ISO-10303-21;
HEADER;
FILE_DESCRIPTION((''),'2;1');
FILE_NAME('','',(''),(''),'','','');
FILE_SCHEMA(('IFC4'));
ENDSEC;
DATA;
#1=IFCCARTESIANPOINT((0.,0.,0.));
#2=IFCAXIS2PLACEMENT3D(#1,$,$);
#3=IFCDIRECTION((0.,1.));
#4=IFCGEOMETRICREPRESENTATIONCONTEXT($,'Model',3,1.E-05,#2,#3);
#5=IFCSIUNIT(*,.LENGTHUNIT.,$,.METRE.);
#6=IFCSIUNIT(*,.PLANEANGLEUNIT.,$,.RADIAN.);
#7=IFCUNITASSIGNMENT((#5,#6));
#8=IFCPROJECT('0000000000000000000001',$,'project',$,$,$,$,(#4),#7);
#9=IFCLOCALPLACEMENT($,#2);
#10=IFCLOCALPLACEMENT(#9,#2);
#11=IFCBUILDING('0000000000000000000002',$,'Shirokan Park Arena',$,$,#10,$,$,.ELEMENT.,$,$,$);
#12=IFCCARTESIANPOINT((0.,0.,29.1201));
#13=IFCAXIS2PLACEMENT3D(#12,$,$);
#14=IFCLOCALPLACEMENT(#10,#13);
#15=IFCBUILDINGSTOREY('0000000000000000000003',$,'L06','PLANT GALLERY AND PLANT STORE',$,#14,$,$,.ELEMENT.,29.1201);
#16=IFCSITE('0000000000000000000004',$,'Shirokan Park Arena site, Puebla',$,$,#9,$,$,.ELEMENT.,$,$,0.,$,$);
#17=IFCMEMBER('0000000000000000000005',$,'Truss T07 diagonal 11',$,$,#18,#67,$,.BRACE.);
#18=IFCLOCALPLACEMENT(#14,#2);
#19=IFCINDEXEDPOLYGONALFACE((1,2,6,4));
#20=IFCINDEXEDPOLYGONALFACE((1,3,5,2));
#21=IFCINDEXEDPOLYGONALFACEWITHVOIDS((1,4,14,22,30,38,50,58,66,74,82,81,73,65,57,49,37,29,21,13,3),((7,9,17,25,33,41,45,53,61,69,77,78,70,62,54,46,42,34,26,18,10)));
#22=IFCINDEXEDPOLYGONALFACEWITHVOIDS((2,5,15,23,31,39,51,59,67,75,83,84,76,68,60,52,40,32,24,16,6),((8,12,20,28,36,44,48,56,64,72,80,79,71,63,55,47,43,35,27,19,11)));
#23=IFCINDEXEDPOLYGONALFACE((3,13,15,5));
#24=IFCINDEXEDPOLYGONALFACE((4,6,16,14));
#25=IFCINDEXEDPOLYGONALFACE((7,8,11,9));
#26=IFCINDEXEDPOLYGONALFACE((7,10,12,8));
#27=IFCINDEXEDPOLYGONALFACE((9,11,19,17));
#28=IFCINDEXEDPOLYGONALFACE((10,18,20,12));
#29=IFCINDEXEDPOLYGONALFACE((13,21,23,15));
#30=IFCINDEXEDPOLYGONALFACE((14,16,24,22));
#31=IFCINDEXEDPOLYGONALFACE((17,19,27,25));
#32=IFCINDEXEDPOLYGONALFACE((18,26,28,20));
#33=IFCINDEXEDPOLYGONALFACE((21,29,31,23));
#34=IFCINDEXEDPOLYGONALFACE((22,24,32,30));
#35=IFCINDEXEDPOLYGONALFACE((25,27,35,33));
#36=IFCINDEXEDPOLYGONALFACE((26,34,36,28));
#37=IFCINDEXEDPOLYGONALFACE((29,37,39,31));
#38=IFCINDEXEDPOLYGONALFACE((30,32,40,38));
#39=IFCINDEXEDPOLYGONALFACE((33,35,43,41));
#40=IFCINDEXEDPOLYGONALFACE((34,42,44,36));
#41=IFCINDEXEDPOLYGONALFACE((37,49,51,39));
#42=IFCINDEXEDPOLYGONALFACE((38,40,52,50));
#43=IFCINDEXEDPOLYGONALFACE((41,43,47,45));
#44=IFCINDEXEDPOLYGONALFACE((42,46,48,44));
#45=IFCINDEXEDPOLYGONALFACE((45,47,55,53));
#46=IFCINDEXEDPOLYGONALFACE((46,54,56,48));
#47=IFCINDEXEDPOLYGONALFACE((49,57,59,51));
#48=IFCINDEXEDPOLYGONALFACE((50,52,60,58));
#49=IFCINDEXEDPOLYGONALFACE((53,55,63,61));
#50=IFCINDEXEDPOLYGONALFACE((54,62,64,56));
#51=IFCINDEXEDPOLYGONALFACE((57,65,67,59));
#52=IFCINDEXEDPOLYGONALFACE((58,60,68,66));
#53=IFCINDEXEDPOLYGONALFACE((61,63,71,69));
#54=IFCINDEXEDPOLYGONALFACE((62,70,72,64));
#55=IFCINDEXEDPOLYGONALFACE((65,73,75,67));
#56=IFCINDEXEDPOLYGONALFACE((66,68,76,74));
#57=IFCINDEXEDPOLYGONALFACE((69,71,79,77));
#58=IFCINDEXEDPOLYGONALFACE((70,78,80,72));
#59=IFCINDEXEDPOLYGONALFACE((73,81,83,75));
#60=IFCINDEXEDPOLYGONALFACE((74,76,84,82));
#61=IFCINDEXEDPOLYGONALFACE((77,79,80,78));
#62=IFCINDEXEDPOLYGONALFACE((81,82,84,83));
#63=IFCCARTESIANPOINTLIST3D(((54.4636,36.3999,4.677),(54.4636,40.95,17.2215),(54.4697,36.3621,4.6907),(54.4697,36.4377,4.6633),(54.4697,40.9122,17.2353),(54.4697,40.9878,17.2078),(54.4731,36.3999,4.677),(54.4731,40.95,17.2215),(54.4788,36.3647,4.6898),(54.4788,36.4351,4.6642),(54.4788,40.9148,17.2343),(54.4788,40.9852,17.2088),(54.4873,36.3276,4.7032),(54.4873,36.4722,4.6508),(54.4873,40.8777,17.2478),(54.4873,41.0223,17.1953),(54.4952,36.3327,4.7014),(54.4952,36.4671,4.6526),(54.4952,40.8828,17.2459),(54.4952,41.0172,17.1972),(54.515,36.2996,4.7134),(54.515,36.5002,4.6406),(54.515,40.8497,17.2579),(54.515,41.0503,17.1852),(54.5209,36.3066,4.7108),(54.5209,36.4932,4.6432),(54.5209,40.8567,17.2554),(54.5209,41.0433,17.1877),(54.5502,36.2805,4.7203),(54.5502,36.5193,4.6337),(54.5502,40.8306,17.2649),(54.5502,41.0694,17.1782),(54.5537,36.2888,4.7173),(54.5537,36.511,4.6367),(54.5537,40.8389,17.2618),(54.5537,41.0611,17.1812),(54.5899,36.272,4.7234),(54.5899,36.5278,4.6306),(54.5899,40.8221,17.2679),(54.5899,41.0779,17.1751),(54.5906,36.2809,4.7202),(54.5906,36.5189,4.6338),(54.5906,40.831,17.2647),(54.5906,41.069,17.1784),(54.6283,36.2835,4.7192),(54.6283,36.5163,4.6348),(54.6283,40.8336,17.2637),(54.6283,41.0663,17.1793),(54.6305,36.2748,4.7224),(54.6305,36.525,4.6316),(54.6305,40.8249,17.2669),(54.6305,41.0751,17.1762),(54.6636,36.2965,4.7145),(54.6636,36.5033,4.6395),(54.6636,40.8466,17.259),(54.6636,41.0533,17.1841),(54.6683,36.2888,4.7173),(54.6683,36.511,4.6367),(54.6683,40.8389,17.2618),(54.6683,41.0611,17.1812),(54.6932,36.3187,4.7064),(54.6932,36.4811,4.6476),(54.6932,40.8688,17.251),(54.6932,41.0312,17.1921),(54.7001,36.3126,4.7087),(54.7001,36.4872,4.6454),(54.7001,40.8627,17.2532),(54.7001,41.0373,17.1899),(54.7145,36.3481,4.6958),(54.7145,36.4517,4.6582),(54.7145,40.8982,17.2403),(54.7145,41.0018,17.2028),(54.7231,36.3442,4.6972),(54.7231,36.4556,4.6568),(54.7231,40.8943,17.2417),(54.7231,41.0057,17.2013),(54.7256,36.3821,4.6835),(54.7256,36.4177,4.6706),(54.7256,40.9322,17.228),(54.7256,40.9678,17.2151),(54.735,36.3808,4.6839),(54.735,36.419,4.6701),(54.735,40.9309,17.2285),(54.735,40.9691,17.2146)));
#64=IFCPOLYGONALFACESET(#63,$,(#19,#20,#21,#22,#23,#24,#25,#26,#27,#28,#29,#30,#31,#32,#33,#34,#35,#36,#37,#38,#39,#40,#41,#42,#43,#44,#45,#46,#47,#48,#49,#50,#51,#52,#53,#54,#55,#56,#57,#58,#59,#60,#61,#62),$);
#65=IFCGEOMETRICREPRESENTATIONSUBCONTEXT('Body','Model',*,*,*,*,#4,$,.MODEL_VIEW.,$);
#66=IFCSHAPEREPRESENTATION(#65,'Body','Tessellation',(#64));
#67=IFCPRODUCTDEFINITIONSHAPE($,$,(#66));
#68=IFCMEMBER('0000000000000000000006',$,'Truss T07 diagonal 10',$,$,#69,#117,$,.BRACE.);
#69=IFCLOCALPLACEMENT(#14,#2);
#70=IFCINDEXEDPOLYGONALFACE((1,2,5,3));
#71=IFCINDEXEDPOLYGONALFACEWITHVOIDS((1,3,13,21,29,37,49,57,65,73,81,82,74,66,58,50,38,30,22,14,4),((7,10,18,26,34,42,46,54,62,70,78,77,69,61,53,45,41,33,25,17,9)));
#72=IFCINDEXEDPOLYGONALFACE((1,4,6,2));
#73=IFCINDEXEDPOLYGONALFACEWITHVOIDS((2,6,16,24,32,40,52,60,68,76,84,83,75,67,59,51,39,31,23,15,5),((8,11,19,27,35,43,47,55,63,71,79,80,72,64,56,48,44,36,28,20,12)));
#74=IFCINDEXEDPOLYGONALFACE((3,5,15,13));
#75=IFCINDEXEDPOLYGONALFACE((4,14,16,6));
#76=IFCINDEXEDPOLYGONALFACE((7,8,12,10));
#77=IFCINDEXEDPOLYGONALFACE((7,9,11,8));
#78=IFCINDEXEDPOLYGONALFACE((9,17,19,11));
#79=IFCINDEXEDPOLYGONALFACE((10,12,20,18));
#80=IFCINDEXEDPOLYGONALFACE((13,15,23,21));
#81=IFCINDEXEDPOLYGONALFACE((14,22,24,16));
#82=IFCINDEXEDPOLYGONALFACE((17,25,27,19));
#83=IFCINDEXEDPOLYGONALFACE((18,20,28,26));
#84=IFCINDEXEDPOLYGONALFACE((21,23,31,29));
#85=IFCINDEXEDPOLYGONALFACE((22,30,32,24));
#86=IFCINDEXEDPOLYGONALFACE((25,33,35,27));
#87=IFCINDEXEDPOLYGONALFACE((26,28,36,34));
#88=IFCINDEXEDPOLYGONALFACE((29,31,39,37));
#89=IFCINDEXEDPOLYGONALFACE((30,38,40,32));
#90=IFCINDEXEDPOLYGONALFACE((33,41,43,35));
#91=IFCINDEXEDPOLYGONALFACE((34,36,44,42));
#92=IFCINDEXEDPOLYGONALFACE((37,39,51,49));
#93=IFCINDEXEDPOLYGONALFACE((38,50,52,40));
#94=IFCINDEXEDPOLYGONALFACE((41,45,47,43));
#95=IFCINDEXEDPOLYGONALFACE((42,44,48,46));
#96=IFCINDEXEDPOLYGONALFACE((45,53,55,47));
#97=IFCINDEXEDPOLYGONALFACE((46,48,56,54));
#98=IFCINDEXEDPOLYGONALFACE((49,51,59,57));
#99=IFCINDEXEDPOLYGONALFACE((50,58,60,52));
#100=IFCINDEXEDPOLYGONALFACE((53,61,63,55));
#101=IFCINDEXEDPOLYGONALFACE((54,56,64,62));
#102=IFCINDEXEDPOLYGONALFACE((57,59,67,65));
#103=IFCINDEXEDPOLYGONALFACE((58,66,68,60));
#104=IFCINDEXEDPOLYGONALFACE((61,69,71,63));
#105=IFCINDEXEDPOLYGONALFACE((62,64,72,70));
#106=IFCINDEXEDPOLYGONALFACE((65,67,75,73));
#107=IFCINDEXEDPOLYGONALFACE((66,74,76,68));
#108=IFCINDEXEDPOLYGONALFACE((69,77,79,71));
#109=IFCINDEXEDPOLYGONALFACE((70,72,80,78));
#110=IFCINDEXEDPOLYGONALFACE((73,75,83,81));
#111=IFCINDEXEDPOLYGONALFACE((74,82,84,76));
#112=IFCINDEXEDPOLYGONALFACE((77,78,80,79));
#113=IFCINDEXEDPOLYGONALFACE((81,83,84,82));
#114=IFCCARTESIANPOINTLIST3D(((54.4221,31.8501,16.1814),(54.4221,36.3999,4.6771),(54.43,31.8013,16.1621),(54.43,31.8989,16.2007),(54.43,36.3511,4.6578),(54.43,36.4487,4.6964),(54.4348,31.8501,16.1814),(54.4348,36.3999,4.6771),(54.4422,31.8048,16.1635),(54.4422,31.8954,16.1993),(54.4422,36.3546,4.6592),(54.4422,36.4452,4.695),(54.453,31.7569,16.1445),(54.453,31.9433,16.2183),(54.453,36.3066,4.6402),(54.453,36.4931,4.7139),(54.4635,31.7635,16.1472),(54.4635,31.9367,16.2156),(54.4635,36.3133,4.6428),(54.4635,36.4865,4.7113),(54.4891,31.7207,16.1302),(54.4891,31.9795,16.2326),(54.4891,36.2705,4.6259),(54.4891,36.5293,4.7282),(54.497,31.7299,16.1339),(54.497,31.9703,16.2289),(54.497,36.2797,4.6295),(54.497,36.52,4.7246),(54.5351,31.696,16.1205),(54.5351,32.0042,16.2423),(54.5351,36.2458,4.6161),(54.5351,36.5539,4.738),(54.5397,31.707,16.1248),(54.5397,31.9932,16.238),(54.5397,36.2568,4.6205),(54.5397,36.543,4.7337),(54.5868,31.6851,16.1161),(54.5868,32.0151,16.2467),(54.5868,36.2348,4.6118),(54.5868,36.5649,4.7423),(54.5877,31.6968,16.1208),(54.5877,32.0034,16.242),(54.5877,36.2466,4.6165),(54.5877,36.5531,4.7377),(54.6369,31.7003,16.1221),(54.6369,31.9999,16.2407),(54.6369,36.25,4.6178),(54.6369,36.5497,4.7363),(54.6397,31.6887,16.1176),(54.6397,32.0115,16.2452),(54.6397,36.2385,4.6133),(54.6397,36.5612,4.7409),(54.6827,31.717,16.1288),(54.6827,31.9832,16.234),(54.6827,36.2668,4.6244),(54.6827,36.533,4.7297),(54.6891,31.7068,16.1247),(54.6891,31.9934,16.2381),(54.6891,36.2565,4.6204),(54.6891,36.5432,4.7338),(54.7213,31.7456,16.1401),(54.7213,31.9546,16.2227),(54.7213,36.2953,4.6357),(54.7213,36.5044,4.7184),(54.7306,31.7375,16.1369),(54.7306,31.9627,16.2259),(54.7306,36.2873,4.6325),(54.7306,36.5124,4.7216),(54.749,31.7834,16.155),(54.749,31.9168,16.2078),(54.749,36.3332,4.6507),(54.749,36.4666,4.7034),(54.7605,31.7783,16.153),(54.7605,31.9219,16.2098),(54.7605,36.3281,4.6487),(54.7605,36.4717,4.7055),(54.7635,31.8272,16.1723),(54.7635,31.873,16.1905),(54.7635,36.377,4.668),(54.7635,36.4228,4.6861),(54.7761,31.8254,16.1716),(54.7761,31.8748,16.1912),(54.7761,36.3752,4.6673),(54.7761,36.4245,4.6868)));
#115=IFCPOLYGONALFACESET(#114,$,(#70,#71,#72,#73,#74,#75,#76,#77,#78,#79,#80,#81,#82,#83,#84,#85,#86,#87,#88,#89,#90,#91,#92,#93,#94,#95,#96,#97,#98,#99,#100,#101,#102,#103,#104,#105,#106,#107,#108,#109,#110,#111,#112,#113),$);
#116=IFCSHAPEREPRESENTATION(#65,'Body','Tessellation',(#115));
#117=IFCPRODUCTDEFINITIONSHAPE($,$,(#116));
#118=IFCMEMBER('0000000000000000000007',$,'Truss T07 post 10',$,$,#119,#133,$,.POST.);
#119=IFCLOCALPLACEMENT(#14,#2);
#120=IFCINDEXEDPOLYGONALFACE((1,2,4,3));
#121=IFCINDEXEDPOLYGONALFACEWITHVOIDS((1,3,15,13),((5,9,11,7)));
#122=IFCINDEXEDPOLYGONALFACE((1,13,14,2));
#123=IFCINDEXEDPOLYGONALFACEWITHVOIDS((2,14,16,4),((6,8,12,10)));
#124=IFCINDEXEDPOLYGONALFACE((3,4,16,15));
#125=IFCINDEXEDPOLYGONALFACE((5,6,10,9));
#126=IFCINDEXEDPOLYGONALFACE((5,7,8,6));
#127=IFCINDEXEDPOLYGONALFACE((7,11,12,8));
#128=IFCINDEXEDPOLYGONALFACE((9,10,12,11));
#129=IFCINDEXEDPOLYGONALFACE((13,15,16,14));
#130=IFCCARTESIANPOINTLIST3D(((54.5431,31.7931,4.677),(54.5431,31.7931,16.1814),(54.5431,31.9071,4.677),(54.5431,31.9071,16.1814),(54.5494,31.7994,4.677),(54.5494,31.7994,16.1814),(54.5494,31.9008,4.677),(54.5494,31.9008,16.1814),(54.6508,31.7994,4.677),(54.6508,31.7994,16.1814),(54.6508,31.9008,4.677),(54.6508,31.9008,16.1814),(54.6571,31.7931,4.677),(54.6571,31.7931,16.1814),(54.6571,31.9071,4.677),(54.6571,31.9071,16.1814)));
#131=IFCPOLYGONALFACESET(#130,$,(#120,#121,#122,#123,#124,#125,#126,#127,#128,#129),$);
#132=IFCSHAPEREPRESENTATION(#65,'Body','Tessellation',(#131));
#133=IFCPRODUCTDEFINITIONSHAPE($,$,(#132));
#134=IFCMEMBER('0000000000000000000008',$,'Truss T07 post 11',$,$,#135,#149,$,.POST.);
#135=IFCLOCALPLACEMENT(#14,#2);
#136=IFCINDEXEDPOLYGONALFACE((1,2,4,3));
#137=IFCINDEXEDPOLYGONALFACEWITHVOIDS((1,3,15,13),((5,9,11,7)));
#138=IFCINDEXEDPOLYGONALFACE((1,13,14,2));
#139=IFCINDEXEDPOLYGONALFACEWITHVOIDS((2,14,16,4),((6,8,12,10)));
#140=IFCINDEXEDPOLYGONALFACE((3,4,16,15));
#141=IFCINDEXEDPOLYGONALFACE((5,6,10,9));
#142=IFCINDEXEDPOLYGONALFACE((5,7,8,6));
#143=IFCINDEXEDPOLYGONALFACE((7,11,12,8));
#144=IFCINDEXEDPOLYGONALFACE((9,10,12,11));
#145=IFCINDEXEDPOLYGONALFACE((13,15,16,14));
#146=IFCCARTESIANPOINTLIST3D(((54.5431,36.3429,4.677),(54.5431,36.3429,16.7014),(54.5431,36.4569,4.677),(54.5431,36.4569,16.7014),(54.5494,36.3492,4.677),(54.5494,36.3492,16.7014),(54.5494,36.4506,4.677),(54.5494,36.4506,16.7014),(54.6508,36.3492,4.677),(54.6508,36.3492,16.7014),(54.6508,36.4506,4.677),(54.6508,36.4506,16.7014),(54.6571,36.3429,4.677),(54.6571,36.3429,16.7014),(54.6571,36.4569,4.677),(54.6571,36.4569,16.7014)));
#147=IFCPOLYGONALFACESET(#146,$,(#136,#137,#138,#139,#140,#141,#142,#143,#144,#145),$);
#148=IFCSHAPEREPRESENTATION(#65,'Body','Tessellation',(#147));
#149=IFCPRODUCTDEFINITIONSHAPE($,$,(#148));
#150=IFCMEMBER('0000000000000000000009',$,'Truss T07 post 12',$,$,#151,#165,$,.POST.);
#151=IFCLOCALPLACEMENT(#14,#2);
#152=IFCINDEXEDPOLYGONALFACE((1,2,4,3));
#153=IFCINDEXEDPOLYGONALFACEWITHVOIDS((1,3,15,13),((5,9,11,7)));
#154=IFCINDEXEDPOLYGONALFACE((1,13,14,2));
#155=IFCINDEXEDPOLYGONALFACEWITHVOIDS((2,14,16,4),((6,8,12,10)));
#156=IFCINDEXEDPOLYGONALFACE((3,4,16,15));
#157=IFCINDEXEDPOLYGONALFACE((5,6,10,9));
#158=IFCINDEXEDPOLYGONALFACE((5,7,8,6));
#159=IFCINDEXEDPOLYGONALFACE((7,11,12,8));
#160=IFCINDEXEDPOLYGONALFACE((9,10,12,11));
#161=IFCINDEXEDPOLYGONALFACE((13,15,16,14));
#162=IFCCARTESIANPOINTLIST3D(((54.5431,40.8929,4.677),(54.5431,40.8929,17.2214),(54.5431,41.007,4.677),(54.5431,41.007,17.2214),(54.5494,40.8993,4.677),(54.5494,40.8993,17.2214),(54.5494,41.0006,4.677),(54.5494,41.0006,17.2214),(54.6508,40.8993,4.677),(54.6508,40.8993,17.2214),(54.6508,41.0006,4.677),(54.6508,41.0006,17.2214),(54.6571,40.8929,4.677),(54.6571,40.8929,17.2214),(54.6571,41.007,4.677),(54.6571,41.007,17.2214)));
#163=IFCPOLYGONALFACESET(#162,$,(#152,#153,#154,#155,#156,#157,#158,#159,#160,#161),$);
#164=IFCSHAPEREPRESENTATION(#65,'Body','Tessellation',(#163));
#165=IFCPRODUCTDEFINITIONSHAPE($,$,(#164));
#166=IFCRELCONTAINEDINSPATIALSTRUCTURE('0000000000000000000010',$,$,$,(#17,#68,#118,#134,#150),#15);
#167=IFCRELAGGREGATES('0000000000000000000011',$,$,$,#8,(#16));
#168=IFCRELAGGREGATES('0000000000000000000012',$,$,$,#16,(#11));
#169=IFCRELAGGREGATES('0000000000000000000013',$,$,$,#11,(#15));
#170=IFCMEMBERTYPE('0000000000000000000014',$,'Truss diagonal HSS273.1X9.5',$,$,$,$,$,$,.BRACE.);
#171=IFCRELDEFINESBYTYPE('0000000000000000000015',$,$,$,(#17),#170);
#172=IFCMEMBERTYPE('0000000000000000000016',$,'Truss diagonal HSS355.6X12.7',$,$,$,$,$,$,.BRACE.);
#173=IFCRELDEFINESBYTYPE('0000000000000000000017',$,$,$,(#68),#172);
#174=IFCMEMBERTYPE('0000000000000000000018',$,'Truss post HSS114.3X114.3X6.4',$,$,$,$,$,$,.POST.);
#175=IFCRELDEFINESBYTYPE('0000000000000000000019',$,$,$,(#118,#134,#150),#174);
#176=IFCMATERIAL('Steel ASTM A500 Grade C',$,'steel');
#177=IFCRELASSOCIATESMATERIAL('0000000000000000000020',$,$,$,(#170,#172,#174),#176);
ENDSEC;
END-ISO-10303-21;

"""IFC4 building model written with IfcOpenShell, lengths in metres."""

from ifc_helpers import new_model, si_unit, direction, frame, origin, origin_2d, place, context, subcontext, project, spatial, hollow_rectangle, hollow_circle, extrude, material, material_profile, profile_set, type_object, element, save


model = new_model("IFC4")

# Units and contexts
model_context = context("Model", 3, precision=1e-05, world=origin(), true_north=direction((0.0, 1.0)))
body_context = subcontext(model_context, "Body", "Model", "MODEL_VIEW")
ifc_project = project(units=[si_unit("LENGTHUNIT", "METRE"), si_unit("PLANEANGLEUNIT", "RADIAN")], contexts=[model_context])

# Site, building, storey
site_placement = place(None, origin())
site = spatial("IfcSite", under=ifc_project, at=site_placement, Name="Shirokan Park Arena site, Puebla", CompositionType="ELEMENT", RefElevation=0.0)
building_placement = place(site_placement, origin())
building = spatial("IfcBuilding", under=site, at=building_placement, Name="Shirokan Park Arena", CompositionType="ELEMENT")
storey_placement = place(building_placement, frame((0.0, 0.0, 29.1201)))
storey = spatial("IfcBuildingStorey", under=building, at=storey_placement, Name="L06", Description="PLANT GALLERY AND PLANT STORE", CompositionType="ELEMENT", Elevation=29.1201)

# Members
ifc_material_1 = material(Name="Steel ASTM A500 Grade C", Category="steel")
ifc_material_profile_1 = material_profile(ifc_material_1, hollow_circle(Radius=0.1365, WallThickness=0.0095, at=origin_2d()), Name="HSS273.1X9.5")
ifc_profile_set_1 = profile_set([ifc_material_profile_1], Name="Steel ASTM A500 Grade C")
member_type_1 = type_object("IfcMemberType", Name="Truss diagonal HSS273.1X9.5", PredefinedType="BRACE", material=ifc_profile_set_1)
member_1_placement = place(storey_placement, frame((54.6001, 36.3999, 4.677), z_axis=(0.0, 0.340978, 0.940071), x_axis=(-1.0, 0.0, 0.0)))
element("IfcMember", 1, at=member_1_placement, inside=storey, type_object=member_type_1, Name="Truss T07 diagonal 11", PredefinedType="BRACE", context=body_context, shape_type="SweptSolid", body=[
    extrude(hollow_circle(Radius=0.1365, WallThickness=0.0095, at=origin_2d()), origin(), (0.0, 0.0, 1.0), 13.3442),
])
ifc_material_profile_2 = material_profile(ifc_material_1, hollow_circle(Radius=0.178, WallThickness=0.0127, at=origin_2d()), Name="HSS355.6X12.7")
ifc_profile_set_2 = profile_set([ifc_material_profile_2], Name="Steel ASTM A500 Grade C")
member_type_2 = type_object("IfcMemberType", Name="Truss diagonal HSS355.6X12.7", PredefinedType="BRACE", material=ifc_profile_set_2)
member_2_placement = place(storey_placement, frame((54.6001, 31.8501, 16.1814), z_axis=(0.0, 0.367768, -0.929918), x_axis=(-1.0, 0.0, 0.0)))
element("IfcMember", 2, at=member_2_placement, inside=storey, type_object=member_type_2, Name="Truss T07 diagonal 10", PredefinedType="BRACE", context=body_context, shape_type="SweptSolid", body=[
    extrude(hollow_circle(Radius=0.178, WallThickness=0.0127, at=origin_2d()), origin(), (0.0, 0.0, 1.0), 12.3713),
])
ifc_material_profile_3 = material_profile(ifc_material_1, hollow_rectangle(XDim=0.114, YDim=0.114, WallThickness=0.0063, at=origin_2d()), Name="HSS114.3X114.3X6.4")
ifc_profile_set_3 = profile_set([ifc_material_profile_3], Name="Steel ASTM A500 Grade C")
member_type_3 = type_object("IfcMemberType", Name="Truss post HSS114.3X114.3X6.4", PredefinedType="POST", material=ifc_profile_set_3)
member_3_placement = place(storey_placement, frame((54.6001, 31.8501, 4.677), z_axis=(0.0, 0.0, 1.0), x_axis=(1.0, 0.0, 0.0)))
element("IfcMember", 3, at=member_3_placement, inside=storey, type_object=member_type_3, Name="Truss T07 post 10", PredefinedType="POST", context=body_context, shape_type="SweptSolid", body=[
    extrude(hollow_rectangle(XDim=0.114, YDim=0.114, WallThickness=0.0063, at=origin_2d()), origin(), (0.0, 0.0, 1.0), 11.5044),
])
member_4_placement = place(storey_placement, frame((54.6001, 36.3999, 4.677), z_axis=(0.0, 0.0, 1.0), x_axis=(1.0, 0.0, 0.0)))
element("IfcMember", 4, at=member_4_placement, inside=storey, type_object=member_type_3, Name="Truss T07 post 11", PredefinedType="POST", context=body_context, shape_type="SweptSolid", body=[
    extrude(hollow_rectangle(XDim=0.114, YDim=0.114, WallThickness=0.0063, at=origin_2d()), origin(), (0.0, 0.0, 1.0), 12.0244),
])
member_5_placement = place(storey_placement, frame((54.6001, 40.95, 4.677), z_axis=(0.0, 0.0, 1.0), x_axis=(1.0, 0.0, 0.0)))
element("IfcMember", 5, at=member_5_placement, inside=storey, type_object=member_type_3, Name="Truss T07 post 12", PredefinedType="POST", context=body_context, shape_type="SweptSolid", body=[
    extrude(hollow_rectangle(XDim=0.114, YDim=0.114, WallThickness=0.0063, at=origin_2d()), origin(), (0.0, 0.0, 1.0), 12.5444),
])

save(model, "model.ifc")
